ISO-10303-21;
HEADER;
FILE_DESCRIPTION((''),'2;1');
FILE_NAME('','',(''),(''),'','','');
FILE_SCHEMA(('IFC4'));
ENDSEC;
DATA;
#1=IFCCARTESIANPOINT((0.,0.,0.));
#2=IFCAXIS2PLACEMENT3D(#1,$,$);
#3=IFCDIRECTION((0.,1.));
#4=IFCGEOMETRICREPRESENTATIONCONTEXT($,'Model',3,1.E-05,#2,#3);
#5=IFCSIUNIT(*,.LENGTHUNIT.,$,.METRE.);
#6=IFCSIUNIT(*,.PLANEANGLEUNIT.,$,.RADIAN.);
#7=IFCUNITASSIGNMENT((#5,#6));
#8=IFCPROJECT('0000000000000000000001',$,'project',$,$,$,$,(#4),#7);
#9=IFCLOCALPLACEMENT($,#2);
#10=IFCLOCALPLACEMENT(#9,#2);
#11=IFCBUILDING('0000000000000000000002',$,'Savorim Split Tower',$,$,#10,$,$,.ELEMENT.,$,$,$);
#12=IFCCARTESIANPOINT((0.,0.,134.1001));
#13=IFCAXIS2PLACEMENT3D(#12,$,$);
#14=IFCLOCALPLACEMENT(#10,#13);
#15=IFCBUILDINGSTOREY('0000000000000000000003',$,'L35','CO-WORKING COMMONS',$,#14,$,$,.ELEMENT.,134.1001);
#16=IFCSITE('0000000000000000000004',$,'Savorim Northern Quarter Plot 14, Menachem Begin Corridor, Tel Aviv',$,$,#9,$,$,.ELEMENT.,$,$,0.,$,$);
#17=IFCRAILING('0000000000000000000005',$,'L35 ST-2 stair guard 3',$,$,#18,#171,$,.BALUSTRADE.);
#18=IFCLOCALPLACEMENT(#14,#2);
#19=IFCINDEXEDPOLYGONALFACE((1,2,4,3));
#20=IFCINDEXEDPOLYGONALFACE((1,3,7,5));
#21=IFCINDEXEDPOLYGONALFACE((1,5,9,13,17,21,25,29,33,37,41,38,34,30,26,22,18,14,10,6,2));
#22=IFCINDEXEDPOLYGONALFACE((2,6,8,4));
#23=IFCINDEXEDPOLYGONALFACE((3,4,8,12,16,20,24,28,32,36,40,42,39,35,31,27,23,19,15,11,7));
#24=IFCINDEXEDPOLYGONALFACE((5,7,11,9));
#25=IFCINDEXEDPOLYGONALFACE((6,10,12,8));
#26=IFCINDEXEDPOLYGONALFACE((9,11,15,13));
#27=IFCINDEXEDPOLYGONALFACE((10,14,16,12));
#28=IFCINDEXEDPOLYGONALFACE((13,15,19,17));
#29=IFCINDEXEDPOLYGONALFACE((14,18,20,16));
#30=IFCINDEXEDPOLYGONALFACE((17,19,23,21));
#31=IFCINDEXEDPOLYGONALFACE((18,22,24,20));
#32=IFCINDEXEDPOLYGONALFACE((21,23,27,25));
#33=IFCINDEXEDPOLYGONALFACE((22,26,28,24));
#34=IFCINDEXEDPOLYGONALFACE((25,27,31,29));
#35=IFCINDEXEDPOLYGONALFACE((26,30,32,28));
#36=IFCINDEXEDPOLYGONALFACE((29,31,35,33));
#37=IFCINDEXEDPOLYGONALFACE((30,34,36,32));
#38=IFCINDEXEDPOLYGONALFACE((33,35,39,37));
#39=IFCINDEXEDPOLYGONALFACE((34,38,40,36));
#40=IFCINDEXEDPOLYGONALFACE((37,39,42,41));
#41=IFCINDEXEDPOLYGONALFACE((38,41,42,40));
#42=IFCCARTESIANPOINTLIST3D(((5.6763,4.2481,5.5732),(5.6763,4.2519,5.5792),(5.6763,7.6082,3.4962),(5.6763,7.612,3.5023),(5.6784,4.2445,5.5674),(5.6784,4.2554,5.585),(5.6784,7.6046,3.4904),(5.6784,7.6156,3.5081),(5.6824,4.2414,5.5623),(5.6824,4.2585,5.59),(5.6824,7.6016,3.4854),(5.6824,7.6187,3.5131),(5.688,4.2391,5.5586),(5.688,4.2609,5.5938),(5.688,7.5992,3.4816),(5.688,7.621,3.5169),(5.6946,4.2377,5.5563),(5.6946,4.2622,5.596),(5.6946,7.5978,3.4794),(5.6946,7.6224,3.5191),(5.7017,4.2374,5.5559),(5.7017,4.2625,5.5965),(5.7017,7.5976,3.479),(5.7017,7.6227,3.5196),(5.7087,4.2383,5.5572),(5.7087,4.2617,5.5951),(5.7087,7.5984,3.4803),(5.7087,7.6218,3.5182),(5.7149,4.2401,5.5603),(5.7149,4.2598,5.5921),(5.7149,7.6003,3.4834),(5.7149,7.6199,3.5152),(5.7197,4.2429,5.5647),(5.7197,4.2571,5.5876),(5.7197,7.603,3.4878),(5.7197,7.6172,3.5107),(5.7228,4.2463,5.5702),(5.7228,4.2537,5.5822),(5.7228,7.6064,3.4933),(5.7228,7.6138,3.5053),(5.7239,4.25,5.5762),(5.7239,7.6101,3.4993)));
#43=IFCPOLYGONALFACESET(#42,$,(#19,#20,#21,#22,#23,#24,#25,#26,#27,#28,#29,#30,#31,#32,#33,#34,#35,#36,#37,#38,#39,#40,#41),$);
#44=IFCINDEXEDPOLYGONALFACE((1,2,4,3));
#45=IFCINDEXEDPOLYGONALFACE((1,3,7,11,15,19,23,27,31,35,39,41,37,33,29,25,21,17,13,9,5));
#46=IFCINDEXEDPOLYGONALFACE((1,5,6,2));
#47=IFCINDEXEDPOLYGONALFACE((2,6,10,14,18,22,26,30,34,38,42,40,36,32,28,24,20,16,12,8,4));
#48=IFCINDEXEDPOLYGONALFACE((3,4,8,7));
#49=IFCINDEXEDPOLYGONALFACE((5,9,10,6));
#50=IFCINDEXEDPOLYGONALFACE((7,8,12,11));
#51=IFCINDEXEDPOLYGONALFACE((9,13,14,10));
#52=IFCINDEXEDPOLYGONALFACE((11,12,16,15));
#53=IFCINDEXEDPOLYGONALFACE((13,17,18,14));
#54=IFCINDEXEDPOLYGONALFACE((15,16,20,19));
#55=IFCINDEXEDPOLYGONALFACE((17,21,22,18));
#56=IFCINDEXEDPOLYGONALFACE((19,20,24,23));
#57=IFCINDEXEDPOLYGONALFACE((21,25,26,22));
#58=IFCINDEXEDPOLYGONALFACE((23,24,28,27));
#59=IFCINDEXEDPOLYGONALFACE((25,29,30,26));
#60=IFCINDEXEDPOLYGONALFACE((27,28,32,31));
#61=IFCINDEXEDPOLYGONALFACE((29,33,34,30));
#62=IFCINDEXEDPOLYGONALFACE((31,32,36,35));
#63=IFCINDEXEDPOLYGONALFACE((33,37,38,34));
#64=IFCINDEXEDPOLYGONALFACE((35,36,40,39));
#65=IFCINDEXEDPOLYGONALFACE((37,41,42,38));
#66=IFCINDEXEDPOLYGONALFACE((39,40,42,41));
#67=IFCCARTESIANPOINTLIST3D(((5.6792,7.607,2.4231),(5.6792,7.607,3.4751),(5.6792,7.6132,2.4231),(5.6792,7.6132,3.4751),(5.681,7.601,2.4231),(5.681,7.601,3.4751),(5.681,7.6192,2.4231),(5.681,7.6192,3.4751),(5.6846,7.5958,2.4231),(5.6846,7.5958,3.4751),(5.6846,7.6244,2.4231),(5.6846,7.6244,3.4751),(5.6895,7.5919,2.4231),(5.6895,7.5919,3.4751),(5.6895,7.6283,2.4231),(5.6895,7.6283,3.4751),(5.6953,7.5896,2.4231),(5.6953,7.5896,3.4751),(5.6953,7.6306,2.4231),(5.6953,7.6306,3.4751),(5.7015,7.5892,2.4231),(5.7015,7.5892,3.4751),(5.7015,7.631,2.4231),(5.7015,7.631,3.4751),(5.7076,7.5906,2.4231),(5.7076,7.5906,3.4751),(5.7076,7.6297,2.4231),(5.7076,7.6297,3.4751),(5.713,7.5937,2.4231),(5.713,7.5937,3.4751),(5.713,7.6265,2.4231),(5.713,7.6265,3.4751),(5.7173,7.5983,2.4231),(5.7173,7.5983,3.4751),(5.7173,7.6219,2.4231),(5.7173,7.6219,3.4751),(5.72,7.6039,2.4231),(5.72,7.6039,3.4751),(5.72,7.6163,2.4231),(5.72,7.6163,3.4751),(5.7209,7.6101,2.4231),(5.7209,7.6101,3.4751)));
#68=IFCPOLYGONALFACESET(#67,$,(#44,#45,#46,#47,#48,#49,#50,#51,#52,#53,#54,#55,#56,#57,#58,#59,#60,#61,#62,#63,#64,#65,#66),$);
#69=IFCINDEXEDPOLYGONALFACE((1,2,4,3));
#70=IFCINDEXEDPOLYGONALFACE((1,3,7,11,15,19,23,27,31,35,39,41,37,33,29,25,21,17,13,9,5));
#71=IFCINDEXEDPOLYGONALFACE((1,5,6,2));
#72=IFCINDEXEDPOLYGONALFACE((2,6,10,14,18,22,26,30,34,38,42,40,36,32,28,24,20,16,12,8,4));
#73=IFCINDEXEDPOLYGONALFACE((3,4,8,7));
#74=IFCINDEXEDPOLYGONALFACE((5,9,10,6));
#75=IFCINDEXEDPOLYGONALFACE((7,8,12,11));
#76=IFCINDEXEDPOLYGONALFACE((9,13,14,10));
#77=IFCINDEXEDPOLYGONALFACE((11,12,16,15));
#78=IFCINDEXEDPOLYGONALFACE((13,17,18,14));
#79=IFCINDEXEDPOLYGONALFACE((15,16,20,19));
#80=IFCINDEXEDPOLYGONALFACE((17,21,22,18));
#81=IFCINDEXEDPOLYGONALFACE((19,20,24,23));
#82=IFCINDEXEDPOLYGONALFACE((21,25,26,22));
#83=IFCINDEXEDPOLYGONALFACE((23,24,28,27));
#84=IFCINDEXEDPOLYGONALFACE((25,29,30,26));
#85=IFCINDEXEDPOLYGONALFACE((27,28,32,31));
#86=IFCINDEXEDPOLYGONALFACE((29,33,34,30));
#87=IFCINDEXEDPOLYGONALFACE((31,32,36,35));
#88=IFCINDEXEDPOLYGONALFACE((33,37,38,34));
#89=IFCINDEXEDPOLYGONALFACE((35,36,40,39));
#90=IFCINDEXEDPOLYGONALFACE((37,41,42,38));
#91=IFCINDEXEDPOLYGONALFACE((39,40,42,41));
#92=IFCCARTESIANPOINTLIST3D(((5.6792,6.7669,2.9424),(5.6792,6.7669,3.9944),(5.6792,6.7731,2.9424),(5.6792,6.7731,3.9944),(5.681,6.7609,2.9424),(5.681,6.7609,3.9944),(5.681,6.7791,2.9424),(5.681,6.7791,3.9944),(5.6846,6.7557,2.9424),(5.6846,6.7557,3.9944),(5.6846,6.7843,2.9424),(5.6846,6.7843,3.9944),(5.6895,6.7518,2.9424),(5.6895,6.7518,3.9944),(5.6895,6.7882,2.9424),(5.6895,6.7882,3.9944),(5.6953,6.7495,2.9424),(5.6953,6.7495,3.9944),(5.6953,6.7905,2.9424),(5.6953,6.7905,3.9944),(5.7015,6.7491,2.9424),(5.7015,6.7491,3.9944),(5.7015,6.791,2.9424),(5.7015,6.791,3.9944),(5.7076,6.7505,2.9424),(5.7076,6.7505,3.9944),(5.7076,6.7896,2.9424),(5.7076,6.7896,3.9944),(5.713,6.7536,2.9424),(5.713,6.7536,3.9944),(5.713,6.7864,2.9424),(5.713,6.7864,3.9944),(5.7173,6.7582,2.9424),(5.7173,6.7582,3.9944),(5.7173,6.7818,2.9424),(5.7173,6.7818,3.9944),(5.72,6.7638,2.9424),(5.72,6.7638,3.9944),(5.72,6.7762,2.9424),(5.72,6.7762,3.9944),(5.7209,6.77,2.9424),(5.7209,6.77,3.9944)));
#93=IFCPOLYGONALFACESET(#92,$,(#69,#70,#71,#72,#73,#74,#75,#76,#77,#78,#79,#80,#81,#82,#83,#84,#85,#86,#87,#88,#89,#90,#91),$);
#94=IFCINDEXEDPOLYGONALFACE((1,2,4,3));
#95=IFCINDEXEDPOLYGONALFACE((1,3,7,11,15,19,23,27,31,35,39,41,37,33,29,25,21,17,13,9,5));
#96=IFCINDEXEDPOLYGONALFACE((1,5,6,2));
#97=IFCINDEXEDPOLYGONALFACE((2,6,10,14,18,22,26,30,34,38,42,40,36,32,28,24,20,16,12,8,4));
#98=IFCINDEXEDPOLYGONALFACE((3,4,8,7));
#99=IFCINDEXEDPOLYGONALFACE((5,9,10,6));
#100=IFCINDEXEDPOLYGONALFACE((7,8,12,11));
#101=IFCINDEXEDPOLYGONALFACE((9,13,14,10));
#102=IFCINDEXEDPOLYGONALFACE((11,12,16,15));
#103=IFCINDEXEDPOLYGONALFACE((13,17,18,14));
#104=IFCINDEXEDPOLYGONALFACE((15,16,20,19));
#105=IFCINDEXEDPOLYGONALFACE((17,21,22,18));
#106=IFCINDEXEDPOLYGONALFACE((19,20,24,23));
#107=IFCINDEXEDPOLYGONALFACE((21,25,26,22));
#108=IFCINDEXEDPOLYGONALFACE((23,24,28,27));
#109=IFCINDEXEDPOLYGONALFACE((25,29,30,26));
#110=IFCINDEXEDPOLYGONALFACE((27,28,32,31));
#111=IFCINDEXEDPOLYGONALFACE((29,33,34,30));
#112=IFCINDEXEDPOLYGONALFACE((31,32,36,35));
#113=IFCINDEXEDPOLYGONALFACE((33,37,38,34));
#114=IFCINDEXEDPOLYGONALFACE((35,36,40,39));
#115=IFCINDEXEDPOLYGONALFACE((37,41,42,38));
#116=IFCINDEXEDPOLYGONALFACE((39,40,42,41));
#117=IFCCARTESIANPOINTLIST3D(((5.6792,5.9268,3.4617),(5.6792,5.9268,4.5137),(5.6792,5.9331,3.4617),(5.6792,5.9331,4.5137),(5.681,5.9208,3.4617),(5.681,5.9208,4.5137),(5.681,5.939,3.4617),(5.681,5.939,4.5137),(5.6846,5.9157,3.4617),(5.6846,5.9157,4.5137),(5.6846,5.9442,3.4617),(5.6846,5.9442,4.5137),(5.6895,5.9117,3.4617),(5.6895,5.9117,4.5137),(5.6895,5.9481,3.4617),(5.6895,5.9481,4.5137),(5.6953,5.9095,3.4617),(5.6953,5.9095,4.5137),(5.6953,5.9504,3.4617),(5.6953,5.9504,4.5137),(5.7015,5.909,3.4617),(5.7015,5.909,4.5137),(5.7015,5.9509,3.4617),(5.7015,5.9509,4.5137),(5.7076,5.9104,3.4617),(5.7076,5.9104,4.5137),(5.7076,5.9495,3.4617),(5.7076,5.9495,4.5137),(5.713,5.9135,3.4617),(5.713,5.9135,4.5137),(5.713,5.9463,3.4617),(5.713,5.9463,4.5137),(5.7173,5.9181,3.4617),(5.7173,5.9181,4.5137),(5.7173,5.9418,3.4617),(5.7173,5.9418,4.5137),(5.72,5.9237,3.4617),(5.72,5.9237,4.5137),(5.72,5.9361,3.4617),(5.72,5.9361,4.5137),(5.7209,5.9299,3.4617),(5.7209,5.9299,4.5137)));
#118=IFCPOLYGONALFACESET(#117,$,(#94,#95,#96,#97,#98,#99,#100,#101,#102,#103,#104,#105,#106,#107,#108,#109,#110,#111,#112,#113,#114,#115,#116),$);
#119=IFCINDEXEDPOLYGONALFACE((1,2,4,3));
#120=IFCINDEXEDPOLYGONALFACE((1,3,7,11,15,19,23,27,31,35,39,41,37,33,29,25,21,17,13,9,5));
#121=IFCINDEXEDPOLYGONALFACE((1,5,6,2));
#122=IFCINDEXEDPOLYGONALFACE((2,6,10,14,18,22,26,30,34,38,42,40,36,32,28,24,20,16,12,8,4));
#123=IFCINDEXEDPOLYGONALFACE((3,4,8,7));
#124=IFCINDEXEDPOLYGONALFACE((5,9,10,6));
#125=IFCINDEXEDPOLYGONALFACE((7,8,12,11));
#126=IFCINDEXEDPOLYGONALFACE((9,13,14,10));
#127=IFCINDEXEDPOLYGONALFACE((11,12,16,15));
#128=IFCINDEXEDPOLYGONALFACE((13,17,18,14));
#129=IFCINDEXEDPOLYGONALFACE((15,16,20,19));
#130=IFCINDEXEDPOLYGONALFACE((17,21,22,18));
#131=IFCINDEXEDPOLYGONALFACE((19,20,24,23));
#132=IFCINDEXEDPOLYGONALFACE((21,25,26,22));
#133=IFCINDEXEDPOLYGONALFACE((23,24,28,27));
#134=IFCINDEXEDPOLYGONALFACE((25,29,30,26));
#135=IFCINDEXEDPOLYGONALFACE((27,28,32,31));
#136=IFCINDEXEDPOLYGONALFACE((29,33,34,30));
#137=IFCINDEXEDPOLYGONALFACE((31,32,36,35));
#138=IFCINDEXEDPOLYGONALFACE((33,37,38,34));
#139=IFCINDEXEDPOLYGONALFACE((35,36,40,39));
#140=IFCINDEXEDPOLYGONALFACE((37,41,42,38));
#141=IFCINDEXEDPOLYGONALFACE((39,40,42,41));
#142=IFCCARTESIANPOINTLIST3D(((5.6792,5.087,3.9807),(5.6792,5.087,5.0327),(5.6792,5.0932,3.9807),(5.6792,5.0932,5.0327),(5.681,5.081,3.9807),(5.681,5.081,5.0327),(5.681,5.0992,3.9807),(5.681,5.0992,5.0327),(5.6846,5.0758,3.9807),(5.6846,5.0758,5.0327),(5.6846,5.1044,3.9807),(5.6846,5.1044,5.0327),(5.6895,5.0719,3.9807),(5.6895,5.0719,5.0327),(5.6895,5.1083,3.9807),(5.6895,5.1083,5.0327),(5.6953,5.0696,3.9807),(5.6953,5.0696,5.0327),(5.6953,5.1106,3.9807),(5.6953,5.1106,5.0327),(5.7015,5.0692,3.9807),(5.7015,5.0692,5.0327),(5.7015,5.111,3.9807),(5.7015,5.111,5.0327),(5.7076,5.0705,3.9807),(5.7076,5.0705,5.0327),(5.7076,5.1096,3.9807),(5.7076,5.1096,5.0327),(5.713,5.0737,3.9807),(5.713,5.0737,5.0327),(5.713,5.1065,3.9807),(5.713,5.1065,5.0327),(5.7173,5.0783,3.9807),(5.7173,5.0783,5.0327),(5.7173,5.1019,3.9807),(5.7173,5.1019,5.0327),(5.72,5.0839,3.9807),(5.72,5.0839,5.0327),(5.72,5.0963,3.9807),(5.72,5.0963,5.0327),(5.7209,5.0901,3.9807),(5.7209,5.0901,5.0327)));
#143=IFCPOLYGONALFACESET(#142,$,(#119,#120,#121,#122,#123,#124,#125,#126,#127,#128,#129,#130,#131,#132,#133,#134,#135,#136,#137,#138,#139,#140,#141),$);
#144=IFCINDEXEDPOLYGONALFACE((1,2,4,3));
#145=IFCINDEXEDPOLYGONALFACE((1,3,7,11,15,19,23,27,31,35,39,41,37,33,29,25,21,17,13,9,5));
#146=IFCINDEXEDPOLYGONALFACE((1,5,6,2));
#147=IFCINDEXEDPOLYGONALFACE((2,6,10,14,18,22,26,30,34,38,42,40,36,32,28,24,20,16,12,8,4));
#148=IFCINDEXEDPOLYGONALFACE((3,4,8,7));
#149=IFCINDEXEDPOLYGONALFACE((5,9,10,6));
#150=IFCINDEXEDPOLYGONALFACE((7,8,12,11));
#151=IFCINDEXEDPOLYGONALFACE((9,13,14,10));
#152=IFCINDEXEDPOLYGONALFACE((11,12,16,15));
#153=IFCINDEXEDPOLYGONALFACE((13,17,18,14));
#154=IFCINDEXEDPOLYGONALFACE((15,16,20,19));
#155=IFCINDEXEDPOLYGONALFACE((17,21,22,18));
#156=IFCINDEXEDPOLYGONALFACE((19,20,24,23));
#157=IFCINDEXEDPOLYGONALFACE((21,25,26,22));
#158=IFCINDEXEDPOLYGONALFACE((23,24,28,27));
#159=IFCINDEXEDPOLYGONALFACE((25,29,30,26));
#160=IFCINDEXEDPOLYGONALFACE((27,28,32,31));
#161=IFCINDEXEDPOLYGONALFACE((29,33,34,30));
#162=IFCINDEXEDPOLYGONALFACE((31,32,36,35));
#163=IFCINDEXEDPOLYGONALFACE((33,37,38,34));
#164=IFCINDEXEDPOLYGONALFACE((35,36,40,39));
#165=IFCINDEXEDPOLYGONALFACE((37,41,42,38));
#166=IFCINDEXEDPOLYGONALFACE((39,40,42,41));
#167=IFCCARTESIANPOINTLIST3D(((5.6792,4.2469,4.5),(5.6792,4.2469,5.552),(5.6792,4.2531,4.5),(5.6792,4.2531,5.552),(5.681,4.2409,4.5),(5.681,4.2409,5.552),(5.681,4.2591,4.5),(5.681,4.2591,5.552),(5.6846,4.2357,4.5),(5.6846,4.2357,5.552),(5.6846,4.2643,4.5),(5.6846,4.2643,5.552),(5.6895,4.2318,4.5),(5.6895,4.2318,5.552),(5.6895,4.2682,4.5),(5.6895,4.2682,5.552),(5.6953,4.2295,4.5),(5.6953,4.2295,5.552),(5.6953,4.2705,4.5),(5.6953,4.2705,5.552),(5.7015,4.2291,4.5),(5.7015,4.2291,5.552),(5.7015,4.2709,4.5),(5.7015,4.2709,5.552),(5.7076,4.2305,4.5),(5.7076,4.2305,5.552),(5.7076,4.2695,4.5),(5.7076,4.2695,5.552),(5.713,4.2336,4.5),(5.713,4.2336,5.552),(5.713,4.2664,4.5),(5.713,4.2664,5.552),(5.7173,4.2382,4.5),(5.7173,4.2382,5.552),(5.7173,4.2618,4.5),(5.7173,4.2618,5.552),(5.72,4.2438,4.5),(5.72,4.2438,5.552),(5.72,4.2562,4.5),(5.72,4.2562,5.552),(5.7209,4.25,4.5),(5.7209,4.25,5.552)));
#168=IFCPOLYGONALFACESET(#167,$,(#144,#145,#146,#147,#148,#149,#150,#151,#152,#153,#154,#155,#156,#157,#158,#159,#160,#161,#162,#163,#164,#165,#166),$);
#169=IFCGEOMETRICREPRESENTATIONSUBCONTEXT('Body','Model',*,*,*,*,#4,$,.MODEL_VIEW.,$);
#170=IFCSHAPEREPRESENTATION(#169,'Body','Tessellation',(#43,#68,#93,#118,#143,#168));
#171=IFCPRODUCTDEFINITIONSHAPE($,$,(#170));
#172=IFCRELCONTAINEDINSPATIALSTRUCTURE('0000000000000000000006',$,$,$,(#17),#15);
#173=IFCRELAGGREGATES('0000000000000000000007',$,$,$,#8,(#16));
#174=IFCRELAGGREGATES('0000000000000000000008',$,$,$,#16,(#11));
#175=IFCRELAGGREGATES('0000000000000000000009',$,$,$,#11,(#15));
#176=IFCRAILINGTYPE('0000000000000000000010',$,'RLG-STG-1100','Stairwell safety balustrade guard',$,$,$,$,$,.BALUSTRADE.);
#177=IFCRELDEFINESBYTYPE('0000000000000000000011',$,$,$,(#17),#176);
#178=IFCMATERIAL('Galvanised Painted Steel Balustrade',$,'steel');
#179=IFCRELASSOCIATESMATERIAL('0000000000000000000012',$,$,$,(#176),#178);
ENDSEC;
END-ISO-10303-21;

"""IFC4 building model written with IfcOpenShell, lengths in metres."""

from ifc_helpers import new_model, si_unit, direction, frame, origin, origin_2d, place, context, subcontext, project, spatial, circle, extrude, material, type_object, element, save


model = new_model("IFC4")

# Units and contexts
model_context = context("Model", 3, precision=1e-05, world=origin(), true_north=direction((0.0, 1.0)))
body_context = subcontext(model_context, "Body", "Model", "MODEL_VIEW")
ifc_project = project(units=[si_unit("LENGTHUNIT", "METRE"), si_unit("PLANEANGLEUNIT", "RADIAN")], contexts=[model_context])

# Site, building, storey
site_placement = place(None, origin())
site = spatial("IfcSite", under=ifc_project, at=site_placement, Name="Savorim Northern Quarter Plot 14, Menachem Begin Corridor, Tel Aviv", CompositionType="ELEMENT", RefElevation=0.0)
building_placement = place(site_placement, origin())
building = spatial("IfcBuilding", under=site, at=building_placement, Name="Savorim Split Tower", CompositionType="ELEMENT")
storey_placement = place(building_placement, frame((0.0, 0.0, 134.1001)))
storey = spatial("IfcBuildingStorey", under=building, at=storey_placement, Name="L35", Description="CO-WORKING COMMONS", CompositionType="ELEMENT", Elevation=134.1001)

# Railing
ifc_material_1 = material(Name="Galvanised Painted Steel Balustrade", Category="steel")
railing_type_1 = type_object("IfcRailingType", Name="RLG-STG-1100", Description="Stairwell safety balustrade guard", PredefinedType="BALUSTRADE", material=ifc_material_1)
railing_1_placement = place(storey_placement, frame((5.7, 7.6101, 2.4231)))
element("IfcRailing", 1, at=railing_1_placement, inside=storey, type_object=railing_type_1, Name="L35 ST-2 stair guard 3", PredefinedType="BALUSTRADE", context=body_context, shape_type="SweptSolid", body=[
    extrude(circle(Radius=0.0239, at=origin_2d()), frame((0.0, 0.0, 1.0762), z_axis=(0.0, -0.850623, 0.525776), x_axis=(1.0, 0.0, 0.0)), (0.0, 0.0, 1.0), 3.9502),
    extrude(circle(Radius=0.021, at=origin_2d()), origin(), (0.0, 0.0, 1.0), 1.052),
    extrude(circle(Radius=0.021, at=origin_2d()), frame((0.0, -0.8401, 0.5193)), (0.0, 0.0, 1.0), 1.052),
    extrude(circle(Radius=0.021, at=origin_2d()), frame((0.0, -1.6802, 1.0386)), (0.0, 0.0, 1.0), 1.052),
    extrude(circle(Radius=0.021, at=origin_2d()), frame((0.0, -2.52, 1.5576)), (0.0, 0.0, 1.0), 1.052),
    extrude(circle(Radius=0.021, at=origin_2d()), frame((0.0, -3.3601, 2.0769)), (0.0, 0.0, 1.0), 1.052),
])

save(model, "model.ifc")
